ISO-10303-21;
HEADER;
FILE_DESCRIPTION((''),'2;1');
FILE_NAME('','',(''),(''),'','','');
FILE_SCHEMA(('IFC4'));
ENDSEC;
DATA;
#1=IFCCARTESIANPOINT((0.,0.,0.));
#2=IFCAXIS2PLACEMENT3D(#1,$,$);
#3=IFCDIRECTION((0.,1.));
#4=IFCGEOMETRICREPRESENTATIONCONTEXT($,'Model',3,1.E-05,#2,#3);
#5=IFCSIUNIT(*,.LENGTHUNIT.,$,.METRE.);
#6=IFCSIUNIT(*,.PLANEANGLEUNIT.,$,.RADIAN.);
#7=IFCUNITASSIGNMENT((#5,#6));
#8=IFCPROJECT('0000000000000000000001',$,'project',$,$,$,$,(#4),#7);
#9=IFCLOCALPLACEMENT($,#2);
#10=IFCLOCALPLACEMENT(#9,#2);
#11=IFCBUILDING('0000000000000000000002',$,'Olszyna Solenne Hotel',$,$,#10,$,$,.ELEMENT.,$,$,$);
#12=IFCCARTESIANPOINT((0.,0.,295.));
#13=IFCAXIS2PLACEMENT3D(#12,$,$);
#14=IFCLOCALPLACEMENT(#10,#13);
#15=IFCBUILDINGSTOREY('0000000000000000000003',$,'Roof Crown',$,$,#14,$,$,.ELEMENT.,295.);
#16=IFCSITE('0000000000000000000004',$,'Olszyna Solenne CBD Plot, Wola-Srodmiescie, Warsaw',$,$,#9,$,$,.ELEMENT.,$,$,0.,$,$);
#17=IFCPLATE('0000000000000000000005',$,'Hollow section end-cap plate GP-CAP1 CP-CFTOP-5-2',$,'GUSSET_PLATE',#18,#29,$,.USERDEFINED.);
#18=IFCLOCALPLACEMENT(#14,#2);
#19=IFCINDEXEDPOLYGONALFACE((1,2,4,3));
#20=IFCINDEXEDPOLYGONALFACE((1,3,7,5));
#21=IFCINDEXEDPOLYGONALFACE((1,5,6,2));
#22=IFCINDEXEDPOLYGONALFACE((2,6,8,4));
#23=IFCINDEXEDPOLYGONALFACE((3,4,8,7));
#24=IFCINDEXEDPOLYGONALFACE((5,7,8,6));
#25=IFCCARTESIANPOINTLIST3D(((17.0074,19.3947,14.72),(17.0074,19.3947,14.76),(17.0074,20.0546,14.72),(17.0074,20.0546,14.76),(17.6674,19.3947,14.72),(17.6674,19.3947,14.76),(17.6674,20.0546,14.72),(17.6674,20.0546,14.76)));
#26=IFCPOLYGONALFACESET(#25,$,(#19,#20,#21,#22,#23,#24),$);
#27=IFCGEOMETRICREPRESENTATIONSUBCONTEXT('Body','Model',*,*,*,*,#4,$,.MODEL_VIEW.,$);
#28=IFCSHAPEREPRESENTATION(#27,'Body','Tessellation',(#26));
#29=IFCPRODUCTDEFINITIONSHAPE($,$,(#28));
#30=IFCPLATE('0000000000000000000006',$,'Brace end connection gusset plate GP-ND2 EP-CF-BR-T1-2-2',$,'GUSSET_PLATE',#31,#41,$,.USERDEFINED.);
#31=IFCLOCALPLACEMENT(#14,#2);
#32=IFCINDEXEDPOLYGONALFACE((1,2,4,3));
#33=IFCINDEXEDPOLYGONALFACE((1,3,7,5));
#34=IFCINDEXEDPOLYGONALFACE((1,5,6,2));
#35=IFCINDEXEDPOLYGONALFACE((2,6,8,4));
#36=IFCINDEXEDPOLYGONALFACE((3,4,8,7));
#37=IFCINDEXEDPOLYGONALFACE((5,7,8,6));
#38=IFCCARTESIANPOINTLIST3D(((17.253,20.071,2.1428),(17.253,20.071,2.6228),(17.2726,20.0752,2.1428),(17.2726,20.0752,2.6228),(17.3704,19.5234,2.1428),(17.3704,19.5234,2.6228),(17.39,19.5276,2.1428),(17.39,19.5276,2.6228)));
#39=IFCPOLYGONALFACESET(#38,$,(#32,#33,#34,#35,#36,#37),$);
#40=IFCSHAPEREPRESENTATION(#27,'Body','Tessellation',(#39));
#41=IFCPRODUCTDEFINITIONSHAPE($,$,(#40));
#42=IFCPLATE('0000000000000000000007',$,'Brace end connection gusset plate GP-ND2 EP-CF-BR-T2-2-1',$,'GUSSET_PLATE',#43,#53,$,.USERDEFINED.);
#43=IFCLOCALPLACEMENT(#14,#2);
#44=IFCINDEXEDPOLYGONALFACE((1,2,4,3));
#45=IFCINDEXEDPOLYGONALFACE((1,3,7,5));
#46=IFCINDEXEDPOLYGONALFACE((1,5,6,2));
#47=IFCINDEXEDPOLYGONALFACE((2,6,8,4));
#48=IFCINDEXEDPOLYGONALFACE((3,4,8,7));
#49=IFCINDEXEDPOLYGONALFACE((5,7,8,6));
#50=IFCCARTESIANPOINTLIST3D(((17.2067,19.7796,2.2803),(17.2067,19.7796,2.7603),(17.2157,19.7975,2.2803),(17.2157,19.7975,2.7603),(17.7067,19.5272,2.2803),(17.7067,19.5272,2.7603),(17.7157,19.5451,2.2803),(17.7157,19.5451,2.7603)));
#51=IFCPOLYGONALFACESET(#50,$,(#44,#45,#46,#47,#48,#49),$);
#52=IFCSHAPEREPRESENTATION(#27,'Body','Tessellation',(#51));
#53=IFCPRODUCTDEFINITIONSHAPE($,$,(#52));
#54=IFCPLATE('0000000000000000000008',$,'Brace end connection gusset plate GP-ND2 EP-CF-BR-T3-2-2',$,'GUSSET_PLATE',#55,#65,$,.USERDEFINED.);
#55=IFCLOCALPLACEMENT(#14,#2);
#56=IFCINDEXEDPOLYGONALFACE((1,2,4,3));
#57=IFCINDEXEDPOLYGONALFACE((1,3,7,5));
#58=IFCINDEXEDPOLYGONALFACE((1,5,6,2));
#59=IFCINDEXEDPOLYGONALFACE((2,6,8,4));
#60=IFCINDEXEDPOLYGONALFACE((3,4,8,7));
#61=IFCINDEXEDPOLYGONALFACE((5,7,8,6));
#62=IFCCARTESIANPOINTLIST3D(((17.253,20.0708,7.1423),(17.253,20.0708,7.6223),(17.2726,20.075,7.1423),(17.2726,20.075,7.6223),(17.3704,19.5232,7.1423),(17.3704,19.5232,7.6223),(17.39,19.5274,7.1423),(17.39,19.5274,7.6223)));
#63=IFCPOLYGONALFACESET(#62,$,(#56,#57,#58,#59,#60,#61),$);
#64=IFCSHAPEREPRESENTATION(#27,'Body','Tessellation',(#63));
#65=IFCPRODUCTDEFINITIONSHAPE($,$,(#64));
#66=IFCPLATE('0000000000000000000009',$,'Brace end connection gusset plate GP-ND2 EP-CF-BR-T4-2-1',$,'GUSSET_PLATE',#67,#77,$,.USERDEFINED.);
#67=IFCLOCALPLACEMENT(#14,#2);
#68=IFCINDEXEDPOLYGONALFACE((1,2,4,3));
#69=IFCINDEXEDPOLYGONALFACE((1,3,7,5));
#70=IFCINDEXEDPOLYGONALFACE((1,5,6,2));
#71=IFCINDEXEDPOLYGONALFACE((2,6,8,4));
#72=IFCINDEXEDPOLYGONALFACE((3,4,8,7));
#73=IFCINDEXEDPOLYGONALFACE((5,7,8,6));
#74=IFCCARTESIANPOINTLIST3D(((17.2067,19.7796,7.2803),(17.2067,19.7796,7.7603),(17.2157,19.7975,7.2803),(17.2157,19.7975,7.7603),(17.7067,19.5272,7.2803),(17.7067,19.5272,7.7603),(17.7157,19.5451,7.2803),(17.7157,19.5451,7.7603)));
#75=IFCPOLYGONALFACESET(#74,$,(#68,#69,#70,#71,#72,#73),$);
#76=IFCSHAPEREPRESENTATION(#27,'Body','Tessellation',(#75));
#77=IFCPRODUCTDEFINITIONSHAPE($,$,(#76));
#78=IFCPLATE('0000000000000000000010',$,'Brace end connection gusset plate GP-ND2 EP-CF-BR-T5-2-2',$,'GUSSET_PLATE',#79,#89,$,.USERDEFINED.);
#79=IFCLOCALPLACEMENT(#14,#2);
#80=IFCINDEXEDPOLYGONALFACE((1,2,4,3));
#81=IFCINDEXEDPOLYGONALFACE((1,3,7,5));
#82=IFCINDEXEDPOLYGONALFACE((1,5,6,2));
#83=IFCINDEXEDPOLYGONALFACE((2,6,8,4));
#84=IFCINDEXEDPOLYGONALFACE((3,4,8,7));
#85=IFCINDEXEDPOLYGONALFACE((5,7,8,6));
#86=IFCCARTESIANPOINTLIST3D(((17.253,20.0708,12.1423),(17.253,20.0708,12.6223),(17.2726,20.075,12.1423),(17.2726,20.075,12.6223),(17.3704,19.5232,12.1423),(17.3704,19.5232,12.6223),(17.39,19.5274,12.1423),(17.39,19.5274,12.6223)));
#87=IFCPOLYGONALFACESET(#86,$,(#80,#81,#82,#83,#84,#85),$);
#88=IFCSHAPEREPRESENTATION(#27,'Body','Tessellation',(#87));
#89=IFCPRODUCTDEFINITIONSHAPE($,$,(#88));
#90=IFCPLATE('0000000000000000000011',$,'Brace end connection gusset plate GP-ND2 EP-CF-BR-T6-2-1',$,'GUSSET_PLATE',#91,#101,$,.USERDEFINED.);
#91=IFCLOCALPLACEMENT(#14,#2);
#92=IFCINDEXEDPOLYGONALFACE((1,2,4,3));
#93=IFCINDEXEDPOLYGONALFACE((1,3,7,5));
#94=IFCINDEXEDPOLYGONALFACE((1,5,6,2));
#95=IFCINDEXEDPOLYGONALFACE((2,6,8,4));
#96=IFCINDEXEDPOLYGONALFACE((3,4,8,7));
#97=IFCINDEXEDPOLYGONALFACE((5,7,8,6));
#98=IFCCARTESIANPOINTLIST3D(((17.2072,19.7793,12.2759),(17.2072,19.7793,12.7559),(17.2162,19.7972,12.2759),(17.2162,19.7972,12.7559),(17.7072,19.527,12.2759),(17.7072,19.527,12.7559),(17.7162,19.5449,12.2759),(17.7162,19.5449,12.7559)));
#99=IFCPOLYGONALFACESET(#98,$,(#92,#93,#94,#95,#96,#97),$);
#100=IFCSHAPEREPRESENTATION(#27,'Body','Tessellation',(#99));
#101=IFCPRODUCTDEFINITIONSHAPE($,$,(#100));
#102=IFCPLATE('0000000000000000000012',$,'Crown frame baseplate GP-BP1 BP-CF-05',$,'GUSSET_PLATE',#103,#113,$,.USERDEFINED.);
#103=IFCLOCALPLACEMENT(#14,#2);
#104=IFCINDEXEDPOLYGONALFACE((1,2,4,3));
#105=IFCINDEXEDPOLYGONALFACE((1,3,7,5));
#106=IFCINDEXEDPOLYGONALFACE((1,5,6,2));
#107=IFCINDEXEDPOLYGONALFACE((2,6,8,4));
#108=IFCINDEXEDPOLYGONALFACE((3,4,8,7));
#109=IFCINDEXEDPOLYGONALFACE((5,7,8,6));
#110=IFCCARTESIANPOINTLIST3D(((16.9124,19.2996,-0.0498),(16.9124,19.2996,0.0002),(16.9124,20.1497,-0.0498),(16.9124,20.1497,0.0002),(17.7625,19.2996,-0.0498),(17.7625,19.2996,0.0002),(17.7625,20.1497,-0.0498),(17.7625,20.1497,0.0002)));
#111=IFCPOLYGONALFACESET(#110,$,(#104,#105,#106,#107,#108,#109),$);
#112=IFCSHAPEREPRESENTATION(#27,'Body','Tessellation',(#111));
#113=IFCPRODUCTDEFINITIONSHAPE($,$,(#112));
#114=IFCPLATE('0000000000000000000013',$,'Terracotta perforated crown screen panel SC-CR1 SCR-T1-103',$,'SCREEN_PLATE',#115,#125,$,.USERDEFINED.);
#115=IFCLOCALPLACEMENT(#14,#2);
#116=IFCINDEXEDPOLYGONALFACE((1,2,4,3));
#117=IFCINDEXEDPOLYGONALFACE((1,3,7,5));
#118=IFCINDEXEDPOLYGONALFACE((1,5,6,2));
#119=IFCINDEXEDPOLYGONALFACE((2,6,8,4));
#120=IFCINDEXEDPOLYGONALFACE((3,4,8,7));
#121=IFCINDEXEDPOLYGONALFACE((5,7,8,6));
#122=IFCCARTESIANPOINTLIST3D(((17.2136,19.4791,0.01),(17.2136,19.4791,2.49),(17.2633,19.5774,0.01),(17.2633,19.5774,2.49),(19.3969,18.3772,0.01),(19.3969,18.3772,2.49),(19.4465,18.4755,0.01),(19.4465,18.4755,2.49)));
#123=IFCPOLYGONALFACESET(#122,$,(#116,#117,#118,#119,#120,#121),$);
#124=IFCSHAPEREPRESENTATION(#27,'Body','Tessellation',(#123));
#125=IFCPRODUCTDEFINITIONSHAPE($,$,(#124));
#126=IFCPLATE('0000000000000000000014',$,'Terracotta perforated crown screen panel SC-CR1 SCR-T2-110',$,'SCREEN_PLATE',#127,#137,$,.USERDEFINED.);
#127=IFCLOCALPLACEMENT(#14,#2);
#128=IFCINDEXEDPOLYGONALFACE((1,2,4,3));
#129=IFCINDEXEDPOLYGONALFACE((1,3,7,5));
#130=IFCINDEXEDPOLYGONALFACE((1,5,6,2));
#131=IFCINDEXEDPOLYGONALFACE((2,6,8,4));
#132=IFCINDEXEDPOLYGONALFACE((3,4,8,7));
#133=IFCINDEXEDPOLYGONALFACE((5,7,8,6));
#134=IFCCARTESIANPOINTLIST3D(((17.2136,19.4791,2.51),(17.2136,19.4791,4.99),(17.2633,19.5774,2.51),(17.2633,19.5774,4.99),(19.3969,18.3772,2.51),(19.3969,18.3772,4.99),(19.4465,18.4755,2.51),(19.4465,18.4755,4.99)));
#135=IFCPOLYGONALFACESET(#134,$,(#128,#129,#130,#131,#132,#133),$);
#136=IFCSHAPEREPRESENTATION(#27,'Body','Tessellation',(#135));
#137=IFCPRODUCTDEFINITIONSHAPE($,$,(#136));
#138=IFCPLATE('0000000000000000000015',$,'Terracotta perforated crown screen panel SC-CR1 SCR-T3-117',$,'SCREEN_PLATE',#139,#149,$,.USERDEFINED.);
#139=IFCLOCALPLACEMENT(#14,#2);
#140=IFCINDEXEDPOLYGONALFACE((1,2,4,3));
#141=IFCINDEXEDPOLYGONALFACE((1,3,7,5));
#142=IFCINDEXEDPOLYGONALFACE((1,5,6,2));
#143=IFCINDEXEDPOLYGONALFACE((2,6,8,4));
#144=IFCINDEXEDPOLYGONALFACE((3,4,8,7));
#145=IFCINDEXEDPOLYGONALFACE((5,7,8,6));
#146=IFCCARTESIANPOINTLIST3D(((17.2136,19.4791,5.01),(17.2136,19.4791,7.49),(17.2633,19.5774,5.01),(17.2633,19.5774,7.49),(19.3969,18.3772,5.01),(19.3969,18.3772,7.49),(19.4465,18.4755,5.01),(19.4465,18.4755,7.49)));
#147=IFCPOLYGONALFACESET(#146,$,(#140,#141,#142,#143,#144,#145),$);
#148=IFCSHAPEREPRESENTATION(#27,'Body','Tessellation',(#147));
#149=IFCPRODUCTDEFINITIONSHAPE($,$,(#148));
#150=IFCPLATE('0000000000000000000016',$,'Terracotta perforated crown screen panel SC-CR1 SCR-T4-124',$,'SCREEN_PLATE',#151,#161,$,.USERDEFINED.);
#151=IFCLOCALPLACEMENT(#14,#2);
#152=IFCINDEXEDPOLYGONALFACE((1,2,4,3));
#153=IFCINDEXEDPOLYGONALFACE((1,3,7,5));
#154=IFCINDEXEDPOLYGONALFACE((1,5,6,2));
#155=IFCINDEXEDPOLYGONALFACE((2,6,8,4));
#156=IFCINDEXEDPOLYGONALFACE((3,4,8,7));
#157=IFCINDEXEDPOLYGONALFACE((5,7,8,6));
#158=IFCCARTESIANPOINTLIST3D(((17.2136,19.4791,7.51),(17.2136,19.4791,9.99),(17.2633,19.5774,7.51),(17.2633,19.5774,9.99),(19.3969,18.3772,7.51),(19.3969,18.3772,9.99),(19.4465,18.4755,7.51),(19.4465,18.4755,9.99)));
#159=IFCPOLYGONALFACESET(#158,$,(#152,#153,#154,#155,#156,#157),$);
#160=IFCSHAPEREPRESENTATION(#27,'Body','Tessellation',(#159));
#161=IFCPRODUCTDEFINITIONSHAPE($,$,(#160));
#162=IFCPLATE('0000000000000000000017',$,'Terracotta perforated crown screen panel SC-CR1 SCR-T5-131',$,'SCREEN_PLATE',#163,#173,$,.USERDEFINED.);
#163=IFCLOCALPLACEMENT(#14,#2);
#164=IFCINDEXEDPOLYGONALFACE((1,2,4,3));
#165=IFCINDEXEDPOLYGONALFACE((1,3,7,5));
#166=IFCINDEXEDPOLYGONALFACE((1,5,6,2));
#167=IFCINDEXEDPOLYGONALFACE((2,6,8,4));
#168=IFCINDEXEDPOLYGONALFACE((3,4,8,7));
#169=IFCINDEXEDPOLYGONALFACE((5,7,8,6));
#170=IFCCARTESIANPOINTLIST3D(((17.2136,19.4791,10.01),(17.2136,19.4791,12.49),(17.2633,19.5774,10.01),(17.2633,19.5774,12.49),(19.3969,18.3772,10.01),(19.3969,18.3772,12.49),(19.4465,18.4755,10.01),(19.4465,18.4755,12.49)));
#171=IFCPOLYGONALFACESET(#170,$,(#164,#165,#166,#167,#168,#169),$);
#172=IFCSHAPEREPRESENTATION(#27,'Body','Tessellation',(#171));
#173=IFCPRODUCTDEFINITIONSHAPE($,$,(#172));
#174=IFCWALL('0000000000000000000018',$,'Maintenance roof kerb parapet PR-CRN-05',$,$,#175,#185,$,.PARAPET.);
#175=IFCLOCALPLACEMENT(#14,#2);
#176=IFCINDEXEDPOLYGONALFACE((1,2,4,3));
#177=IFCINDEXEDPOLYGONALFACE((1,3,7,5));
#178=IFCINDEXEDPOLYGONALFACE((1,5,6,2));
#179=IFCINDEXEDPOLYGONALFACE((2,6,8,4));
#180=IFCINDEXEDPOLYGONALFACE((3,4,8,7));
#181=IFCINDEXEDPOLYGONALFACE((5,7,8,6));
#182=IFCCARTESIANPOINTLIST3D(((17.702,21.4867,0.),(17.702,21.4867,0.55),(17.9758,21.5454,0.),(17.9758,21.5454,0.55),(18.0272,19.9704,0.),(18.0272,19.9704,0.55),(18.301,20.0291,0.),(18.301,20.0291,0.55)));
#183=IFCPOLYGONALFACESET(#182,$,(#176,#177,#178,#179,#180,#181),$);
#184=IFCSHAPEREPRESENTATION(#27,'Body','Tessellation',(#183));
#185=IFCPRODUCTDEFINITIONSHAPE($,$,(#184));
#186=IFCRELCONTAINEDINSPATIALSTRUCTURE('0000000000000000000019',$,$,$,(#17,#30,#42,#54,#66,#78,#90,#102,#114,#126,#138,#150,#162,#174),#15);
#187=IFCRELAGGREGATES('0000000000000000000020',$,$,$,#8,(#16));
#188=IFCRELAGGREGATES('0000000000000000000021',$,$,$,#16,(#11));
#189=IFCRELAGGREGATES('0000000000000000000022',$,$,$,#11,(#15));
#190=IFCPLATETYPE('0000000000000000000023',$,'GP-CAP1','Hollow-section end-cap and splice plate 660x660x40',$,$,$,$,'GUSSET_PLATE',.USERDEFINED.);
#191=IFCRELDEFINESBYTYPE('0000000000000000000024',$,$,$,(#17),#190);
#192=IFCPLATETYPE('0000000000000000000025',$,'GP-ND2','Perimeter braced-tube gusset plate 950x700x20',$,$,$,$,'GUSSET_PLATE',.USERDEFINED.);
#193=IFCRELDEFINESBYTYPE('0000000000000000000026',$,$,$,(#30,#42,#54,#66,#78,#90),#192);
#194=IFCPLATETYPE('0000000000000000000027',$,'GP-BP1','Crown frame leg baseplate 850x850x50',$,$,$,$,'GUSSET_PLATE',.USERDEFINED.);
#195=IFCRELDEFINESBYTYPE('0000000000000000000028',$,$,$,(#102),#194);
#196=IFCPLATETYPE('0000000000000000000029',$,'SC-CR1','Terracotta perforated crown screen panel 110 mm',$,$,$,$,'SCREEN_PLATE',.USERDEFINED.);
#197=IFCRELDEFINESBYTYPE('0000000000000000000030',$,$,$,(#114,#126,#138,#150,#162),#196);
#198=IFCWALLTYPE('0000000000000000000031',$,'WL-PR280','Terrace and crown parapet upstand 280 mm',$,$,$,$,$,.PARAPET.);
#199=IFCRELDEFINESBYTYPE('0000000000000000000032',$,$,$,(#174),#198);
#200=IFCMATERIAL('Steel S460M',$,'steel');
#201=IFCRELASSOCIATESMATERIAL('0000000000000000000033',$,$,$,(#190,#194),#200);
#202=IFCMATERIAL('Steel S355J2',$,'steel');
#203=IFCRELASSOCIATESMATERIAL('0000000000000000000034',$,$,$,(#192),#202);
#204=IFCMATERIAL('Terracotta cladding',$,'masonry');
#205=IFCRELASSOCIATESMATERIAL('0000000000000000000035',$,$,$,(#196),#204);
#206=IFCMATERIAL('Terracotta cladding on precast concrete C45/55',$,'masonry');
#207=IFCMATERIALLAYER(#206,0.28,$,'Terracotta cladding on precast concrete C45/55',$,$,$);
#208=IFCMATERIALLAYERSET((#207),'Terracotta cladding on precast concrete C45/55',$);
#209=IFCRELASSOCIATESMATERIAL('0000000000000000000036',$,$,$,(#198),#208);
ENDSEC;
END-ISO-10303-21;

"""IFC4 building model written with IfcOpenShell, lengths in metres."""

from ifc_helpers import new_model, si_unit, direction, frame, frame_2d, origin, origin_2d, place, context, subcontext, project, spatial, rectangle, extrude, source, transform, mapped, material, layer, layer_set, type_object, element, save


model = new_model("IFC4")

# Units and contexts
model_context = context("Model", 3, precision=1e-05, world=origin(), true_north=direction((0.0, 1.0)))
body_context = subcontext(model_context, "Body", "Model", "MODEL_VIEW")
ifc_project = project(units=[si_unit("LENGTHUNIT", "METRE"), si_unit("PLANEANGLEUNIT", "RADIAN")], contexts=[model_context])

# Site, building, storey
site_placement = place(None, origin())
site = spatial("IfcSite", under=ifc_project, at=site_placement, Name="Olszyna Solenne CBD Plot, Wola-Srodmiescie, Warsaw", CompositionType="ELEMENT", RefElevation=0.0)
building_placement = place(site_placement, origin())
building = spatial("IfcBuilding", under=site, at=building_placement, Name="Olszyna Solenne Hotel", CompositionType="ELEMENT")
storey_placement = place(building_placement, frame((0.0, 0.0, 295.0)))
storey = spatial("IfcBuildingStorey", under=building, at=storey_placement, Name="Roof Crown", CompositionType="ELEMENT", Elevation=295.0)

# Shared definitions
ifc_material_1 = material(Name="Steel S460M", Category="steel")

# Shared definitions
ifc_material_2 = material(Name="Steel S355J2", Category="steel")

# Plates
plate_type_1 = type_object("IfcPlateType", Name="GP-CAP1", Description="Hollow-section end-cap and splice plate 660x660x40", ElementType="GUSSET_PLATE", PredefinedType="USERDEFINED", material=ifc_material_1)
shared_shape_1 = source(origin(), body_context, "Body", "SweptSolid", [
    extrude(rectangle(XDim=0.6599, YDim=0.6599, at=origin_2d()), origin(), (0.0, 0.0, 1.0), 0.04),
])
plate_1_placement = place(storey_placement, frame((17.3374, 19.7246, 14.72), z_axis=(0.0, 0.0, 1.0), x_axis=(1.0, 0.0, 0.0)))
element("IfcPlate", 1, at=plate_1_placement, inside=storey, type_object=plate_type_1, Name="Hollow section end-cap plate GP-CAP1 CP-CFTOP-5-2", ObjectType="GUSSET_PLATE", PredefinedType="USERDEFINED", context=body_context, shape_type="MappedRepresentation", body=[
    mapped(shared_shape_1, transform((0.0, 0.0, 0.0), x_axis=(1.0, 0.0, 0.0), y_axis=(0.0, 1.0, 0.0), z_axis=(0.0, 0.0, 1.0), scale=1.0)),
])
plate_type_2 = type_object("IfcPlateType", Name="GP-ND2", Description="Perimeter braced-tube gusset plate 950x700x20", ElementType="GUSSET_PLATE", PredefinedType="USERDEFINED", material=ifc_material_2)
shared_shape_2 = source(origin(), body_context, "Body", "SweptSolid", [
    extrude(rectangle(XDim=0.5601, YDim=0.02, at=origin_2d()), origin(), (0.0, 0.0, 1.0), 0.48),
])
for number, where, z_axis, x_axis, name in (
    (2, (17.3215, 19.7993, 2.1428), (0.0, 0.0, 1.0), (0.209619, -0.977783, 0.0), "Brace end connection gusset plate GP-ND2 EP-CF-BR-T1-2-2"),
    (3, (17.4612, 19.6624, 2.2803), (0.0, 0.0, 1.0), (0.892743, -0.450566, 0.0), "Brace end connection gusset plate GP-ND2 EP-CF-BR-T2-2-1"),
    (4, (17.3215, 19.7991, 7.1423), (0.0, 0.0, 1.0), (0.209619, -0.977783, 0.0), "Brace end connection gusset plate GP-ND2 EP-CF-BR-T3-2-2"),
    (5, (17.4612, 19.6624, 7.2803), (0.0, 0.0, 1.0), (0.892743, -0.450566, 0.0), "Brace end connection gusset plate GP-ND2 EP-CF-BR-T4-2-1"),
    (6, (17.3215, 19.7991, 12.1423), (0.0, 0.0, 1.0), (0.209619, -0.977783, 0.0), "Brace end connection gusset plate GP-ND2 EP-CF-BR-T5-2-2"),
    (7, (17.4617, 19.6621, 12.2759), (0.0, 0.0, 1.0), (0.892743, -0.450566, 0.0), "Brace end connection gusset plate GP-ND2 EP-CF-BR-T6-2-1"),
):
    element("IfcPlate", number, at=place(storey_placement, frame(where, z_axis=z_axis, x_axis=x_axis)), inside=storey, type_object=plate_type_2, Name=name, ObjectType="GUSSET_PLATE", PredefinedType="USERDEFINED", context=body_context, shape_type="MappedRepresentation", body=[
        mapped(shared_shape_2, transform((0.0, 0.0, 0.0), x_axis=(1.0, 0.0, 0.0), y_axis=(0.0, 1.0, 0.0), z_axis=(0.0, 0.0, 1.0), scale=1.0)),
    ])
plate_type_3 = type_object("IfcPlateType", Name="GP-BP1", Description="Crown frame leg baseplate 850x850x50", ElementType="GUSSET_PLATE", PredefinedType="USERDEFINED", material=ifc_material_1)
shared_shape_3 = source(origin(), body_context, "Body", "SweptSolid", [
    extrude(rectangle(XDim=0.8501, YDim=0.8501, at=origin_2d()), origin(), (0.0, 0.0, 1.0), 0.05),
])
plate_2_placement = place(storey_placement, frame((17.3374, 19.7246, -0.0498), z_axis=(0.0, 0.0, 1.0), x_axis=(1.0, 0.0, 0.0)))
element("IfcPlate", 8, at=plate_2_placement, inside=storey, type_object=plate_type_3, Name="Crown frame baseplate GP-BP1 BP-CF-05", ObjectType="GUSSET_PLATE", PredefinedType="USERDEFINED", context=body_context, shape_type="MappedRepresentation", body=[
    mapped(shared_shape_3, transform((0.0, 0.0, 0.0), x_axis=(1.0, 0.0, 0.0), y_axis=(0.0, 1.0, 0.0), z_axis=(0.0, 0.0, 1.0), scale=1.0)),
])
ifc_material_3 = material(Name="Terracotta cladding", Category="masonry")
plate_type_4 = type_object("IfcPlateType", Name="SC-CR1", Description="Terracotta perforated crown screen panel 110 mm", ElementType="SCREEN_PLATE", PredefinedType="USERDEFINED", material=ifc_material_3)
shared_shape_4 = source(origin(), body_context, "Body", "SweptSolid", [
    extrude(rectangle(XDim=2.4456, YDim=0.1101, at=origin_2d()), origin(), (0.0, 0.0, 1.0), 2.48),
])
for number, where, z_axis, x_axis, name in (
    (9, (18.3301, 18.9773, 0.01), (0.0, 0.0, 1.0), (-0.892743, 0.450566, 0.0), "Terracotta perforated crown screen panel SC-CR1 SCR-T1-103"),
    (10, (18.3301, 18.9773, 2.51), (0.0, 0.0, 1.0), (-0.892743, 0.450566, 0.0), "Terracotta perforated crown screen panel SC-CR1 SCR-T2-110"),
    (11, (18.3301, 18.9773, 5.01), (0.0, 0.0, 1.0), (-0.892743, 0.450566, 0.0), "Terracotta perforated crown screen panel SC-CR1 SCR-T3-117"),
    (12, (18.3301, 18.9773, 7.51), (0.0, 0.0, 1.0), (-0.892743, 0.450566, 0.0), "Terracotta perforated crown screen panel SC-CR1 SCR-T4-124"),
    (13, (18.3301, 18.9773, 10.01), (0.0, 0.0, 1.0), (-0.892743, 0.450566, 0.0), "Terracotta perforated crown screen panel SC-CR1 SCR-T5-131"),
):
    element("IfcPlate", number, at=place(storey_placement, frame(where, z_axis=z_axis, x_axis=x_axis)), inside=storey, type_object=plate_type_4, Name=name, ObjectType="SCREEN_PLATE", PredefinedType="USERDEFINED", context=body_context, shape_type="MappedRepresentation", body=[
        mapped(shared_shape_4, transform((0.0, 0.0, 0.0), x_axis=(1.0, 0.0, 0.0), y_axis=(0.0, 1.0, 0.0), z_axis=(0.0, 0.0, 1.0), scale=1.0)),
    ])

# Wall
ifc_material_4 = material(Name="Terracotta cladding on precast concrete C45/55", Category="masonry")
ifc_layer_1 = layer(ifc_material_4, 0.28, Name="Terracotta cladding on precast concrete C45/55")
ifc_layer_set_1 = layer_set([ifc_layer_1], Name="Terracotta cladding on precast concrete C45/55")
wall_type = type_object("IfcWallType", Name="WL-PR280", Description="Terrace and crown parapet upstand 280 mm", PredefinedType="PARAPET", material=ifc_layer_set_1)
wall_placement = place(storey_placement, frame((18.1641, 19.9998, 0.0), z_axis=(0.0, 0.0, 1.0), x_axis=(-0.20969, 0.977768, 0.0)))
element("IfcWall", 14, at=wall_placement, inside=storey, type_object=wall_type, Name="Maintenance roof kerb parapet PR-CRN-05", PredefinedType="PARAPET", context=body_context, shape_type="SweptSolid", body=[
    extrude(rectangle(XDim=1.5508, YDim=0.28, at=frame_2d((0.7754, 0.0))), origin(), (0.0, 0.0, 1.0), 0.55),
])

save(model, "model.ifc")
